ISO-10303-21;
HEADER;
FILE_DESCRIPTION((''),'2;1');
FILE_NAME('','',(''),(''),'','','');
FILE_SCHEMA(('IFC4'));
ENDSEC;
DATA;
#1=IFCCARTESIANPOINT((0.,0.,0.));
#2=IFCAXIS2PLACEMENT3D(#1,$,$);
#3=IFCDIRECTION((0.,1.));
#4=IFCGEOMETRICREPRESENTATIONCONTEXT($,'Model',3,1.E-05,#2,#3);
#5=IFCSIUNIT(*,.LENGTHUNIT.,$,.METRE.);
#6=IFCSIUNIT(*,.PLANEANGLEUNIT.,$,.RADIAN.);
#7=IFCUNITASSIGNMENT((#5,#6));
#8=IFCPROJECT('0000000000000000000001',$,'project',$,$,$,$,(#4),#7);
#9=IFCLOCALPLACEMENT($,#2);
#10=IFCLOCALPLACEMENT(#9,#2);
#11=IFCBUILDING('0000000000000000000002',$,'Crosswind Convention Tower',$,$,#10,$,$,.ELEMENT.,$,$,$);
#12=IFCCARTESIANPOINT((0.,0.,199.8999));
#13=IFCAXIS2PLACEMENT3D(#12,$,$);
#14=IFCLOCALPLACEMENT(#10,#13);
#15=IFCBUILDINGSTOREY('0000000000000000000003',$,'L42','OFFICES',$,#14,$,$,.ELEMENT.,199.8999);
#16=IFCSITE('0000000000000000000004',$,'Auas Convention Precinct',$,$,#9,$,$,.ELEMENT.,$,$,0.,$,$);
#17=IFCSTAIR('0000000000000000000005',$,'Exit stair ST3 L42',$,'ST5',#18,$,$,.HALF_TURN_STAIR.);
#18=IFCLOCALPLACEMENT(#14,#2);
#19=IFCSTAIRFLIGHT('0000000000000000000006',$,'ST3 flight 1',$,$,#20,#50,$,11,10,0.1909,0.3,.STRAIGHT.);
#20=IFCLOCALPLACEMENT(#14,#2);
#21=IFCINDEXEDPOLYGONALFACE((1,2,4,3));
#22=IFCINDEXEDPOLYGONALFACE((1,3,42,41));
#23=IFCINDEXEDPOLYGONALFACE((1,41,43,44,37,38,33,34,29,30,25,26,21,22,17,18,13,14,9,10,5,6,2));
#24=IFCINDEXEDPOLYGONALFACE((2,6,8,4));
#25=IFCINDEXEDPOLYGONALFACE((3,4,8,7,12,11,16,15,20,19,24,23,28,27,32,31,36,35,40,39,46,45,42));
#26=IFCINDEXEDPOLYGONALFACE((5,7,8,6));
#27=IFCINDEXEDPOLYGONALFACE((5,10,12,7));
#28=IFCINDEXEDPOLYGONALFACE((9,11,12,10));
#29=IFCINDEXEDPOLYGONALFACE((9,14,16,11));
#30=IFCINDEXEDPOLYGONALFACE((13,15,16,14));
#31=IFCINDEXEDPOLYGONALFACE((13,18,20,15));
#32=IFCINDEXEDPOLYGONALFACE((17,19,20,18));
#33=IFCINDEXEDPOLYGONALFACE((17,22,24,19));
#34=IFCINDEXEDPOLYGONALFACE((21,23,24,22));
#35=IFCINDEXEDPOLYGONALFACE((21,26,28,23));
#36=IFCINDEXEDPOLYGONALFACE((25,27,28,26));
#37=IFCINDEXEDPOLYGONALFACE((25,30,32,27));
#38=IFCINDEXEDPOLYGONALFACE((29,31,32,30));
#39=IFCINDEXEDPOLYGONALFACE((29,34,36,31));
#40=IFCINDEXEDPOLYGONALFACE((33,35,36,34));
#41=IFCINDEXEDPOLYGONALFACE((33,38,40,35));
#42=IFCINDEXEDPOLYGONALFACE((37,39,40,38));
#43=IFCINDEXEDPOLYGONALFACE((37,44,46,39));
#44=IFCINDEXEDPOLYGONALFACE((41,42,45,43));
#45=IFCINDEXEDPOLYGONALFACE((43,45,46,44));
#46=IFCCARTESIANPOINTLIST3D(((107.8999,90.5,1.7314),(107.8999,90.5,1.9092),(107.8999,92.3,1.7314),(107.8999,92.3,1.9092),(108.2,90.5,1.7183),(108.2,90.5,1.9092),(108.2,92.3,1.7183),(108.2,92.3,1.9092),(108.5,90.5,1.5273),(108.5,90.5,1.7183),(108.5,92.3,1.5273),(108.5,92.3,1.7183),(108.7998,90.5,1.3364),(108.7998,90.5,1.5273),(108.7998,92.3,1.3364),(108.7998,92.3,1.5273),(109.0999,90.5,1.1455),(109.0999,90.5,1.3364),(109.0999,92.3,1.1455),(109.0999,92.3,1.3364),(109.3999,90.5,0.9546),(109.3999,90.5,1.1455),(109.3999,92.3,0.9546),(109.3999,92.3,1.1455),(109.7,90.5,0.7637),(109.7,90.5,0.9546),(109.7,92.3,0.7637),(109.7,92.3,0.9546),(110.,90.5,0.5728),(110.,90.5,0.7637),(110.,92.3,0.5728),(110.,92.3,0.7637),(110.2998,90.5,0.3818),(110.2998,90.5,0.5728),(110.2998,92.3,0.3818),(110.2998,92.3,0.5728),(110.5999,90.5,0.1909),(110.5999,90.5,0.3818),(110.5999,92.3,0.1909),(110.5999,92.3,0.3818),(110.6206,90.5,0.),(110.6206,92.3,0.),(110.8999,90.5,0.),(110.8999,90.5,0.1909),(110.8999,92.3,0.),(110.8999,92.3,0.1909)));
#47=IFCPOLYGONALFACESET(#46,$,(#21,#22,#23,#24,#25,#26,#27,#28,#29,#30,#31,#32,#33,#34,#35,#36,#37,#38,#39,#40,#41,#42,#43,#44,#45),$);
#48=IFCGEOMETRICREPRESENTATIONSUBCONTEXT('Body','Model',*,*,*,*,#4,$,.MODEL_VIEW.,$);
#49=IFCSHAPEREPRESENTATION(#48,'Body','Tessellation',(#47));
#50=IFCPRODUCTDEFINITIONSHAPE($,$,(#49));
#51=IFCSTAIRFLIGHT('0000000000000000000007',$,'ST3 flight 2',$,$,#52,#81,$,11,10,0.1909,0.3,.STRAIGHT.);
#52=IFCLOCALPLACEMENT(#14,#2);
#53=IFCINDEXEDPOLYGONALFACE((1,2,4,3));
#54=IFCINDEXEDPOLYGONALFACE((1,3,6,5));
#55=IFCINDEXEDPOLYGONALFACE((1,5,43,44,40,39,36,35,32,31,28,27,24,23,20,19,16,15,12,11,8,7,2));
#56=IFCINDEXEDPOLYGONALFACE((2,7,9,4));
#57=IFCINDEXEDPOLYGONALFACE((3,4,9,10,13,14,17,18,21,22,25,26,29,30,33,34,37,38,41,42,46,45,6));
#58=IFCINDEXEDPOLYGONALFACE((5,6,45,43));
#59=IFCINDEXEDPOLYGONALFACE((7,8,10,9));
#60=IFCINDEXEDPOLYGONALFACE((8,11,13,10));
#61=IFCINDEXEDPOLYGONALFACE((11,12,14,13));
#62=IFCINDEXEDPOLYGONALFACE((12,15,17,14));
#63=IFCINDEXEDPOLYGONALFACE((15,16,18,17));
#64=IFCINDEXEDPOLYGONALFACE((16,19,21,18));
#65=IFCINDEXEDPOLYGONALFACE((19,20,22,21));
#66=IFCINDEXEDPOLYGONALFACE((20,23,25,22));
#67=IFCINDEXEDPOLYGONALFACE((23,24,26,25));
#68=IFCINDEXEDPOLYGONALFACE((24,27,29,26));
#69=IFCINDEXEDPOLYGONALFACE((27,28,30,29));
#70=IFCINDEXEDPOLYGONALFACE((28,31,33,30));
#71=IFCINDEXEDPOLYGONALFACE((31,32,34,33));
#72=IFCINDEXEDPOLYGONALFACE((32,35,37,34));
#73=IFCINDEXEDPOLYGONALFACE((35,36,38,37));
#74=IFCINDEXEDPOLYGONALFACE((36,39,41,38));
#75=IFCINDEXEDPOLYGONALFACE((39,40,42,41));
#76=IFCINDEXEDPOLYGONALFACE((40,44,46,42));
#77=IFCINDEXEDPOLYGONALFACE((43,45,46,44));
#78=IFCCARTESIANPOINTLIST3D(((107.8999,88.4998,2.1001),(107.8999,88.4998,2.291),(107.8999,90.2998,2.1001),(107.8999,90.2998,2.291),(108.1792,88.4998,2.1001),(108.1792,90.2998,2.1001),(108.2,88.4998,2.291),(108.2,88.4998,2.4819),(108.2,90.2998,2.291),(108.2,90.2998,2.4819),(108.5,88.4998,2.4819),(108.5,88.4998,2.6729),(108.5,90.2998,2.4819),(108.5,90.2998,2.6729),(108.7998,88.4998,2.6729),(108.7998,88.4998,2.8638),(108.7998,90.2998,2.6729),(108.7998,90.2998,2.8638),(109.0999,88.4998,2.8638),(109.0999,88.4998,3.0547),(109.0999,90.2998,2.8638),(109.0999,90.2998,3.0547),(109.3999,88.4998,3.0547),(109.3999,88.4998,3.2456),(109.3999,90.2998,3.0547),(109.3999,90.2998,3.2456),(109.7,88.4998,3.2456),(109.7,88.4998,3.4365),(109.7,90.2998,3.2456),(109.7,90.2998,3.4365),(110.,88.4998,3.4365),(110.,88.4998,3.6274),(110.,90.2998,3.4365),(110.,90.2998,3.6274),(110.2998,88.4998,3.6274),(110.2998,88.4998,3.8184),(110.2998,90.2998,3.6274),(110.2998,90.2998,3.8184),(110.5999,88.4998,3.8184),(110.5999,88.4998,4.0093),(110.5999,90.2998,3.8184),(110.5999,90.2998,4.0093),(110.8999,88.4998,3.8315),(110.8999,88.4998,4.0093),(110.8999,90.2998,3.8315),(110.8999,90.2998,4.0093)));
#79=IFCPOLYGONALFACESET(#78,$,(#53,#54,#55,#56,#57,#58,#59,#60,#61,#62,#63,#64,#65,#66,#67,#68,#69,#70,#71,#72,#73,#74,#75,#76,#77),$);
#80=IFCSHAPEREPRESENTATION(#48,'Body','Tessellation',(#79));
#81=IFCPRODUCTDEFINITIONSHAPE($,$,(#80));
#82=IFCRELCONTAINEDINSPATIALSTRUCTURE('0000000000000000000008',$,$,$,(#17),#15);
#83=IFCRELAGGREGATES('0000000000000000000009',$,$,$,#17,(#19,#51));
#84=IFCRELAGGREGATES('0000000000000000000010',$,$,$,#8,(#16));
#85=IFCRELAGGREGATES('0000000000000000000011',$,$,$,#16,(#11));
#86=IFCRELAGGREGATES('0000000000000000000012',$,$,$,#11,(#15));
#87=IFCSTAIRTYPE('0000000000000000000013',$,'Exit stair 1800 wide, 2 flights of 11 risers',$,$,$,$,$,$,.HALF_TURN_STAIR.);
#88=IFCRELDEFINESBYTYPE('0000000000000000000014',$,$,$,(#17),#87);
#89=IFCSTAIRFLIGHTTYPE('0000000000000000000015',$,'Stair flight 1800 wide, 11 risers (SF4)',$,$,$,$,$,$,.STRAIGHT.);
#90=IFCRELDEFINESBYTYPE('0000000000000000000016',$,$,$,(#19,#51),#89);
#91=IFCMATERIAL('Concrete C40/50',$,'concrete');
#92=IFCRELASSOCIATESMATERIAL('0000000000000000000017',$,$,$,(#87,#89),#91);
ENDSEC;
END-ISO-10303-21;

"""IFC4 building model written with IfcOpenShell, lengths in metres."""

from ifc_helpers import new_model, si_unit, direction, frame, origin, place, context, subcontext, project, spatial, polyline, outline, extrude, material, type_object, element, aggregate, save


model = new_model("IFC4")

# Units and contexts
model_context = context("Model", 3, precision=1e-05, world=origin(), true_north=direction((0.0, 1.0)))
body_context = subcontext(model_context, "Body", "Model", "MODEL_VIEW")
ifc_project = project(units=[si_unit("LENGTHUNIT", "METRE"), si_unit("PLANEANGLEUNIT", "RADIAN")], contexts=[model_context])

# Site, building, storey
site_placement = place(None, origin())
site = spatial("IfcSite", under=ifc_project, at=site_placement, Name="Auas Convention Precinct", CompositionType="ELEMENT", RefElevation=0.0)
building_placement = place(site_placement, origin())
building = spatial("IfcBuilding", under=site, at=building_placement, Name="Crosswind Convention Tower", CompositionType="ELEMENT")
storey_placement = place(building_placement, frame((0.0, 0.0, 199.8999)))
storey = spatial("IfcBuildingStorey", under=building, at=storey_placement, Name="L42", Description="OFFICES", CompositionType="ELEMENT", Elevation=199.8999)

# Shared definitions
ifc_material_1 = material(Name="Concrete C40/50", Category="concrete")

# Stair
stair_type = type_object("IfcStairType", Name="Exit stair 1800 wide, 2 flights of 11 risers", PredefinedType="HALF_TURN_STAIR", material=ifc_material_1)
stair_1_placement = place(storey_placement, origin())
stair_1 = element("IfcStair", 1, at=stair_1_placement, inside=storey, type_object=stair_type, Name="Exit stair ST3 L42", ObjectType="ST5", PredefinedType="HALF_TURN_STAIR")

# Stair flights
stair_flight_type = type_object("IfcStairFlightType", Name="Stair flight 1800 wide, 11 risers (SF4)", PredefinedType="STRAIGHT", material=ifc_material_1)
stair_flight_1_placement = place(storey_placement, frame((110.8999, 91.3999, 0.0), z_axis=(0.0, 0.0, 1.0), x_axis=(-1.0, 0.0, 0.0)))
stair_flight_1 = element("IfcStairFlight", 2, at=stair_flight_1_placement, type_object=stair_flight_type, Name="ST3 flight 1", NumberOfRisers=11, NumberOfTreads=10, PredefinedType="STRAIGHT", RiserHeight=0.1909, TreadLength=0.3, context=body_context, shape_type="SweptSolid", body=[
    extrude(outline(polyline([(0.0, 0.0), (0.0, 0.1909), (0.3, 0.1909), (0.3, 0.3818), (0.6001, 0.3818), (0.6001, 0.5728), (0.8999, 0.5728), (0.8999, 0.7637), (1.2, 0.7637), (1.2, 0.9546), (1.5, 0.9546), (1.5, 1.1455), (1.8, 1.1455), (1.8, 1.3364), (2.1001, 1.3364), (2.1001, 1.5273), (2.3999, 1.5273), (2.3999, 1.7183), (2.7, 1.7183), (2.7, 1.9092), (3.0, 1.9092), (3.0, 2.1001), (3.0, 1.7314), (0.2793, 0.0), (0.0, 0.0)])), frame((0.0, 0.8999, 0.0), z_axis=(0.0, -1.0, 0.0), x_axis=(1.0, 0.0, 0.0)), (0.0, 0.0, 1.0), 1.8),
])
stair_flight_2_placement = place(storey_placement, frame((107.8999, 89.3999, 2.1001), z_axis=(0.0, 0.0, 1.0), x_axis=(1.0, 0.0, 0.0)))
stair_flight_2 = element("IfcStairFlight", 3, at=stair_flight_2_placement, type_object=stair_flight_type, Name="ST3 flight 2", NumberOfRisers=11, NumberOfTreads=10, PredefinedType="STRAIGHT", RiserHeight=0.1909, TreadLength=0.3, context=body_context, shape_type="SweptSolid", body=[
    extrude(outline(polyline([(0.0, 0.0), (0.0, 0.1909), (0.3, 0.1909), (0.3, 0.3818), (0.6001, 0.3818), (0.6001, 0.5728), (0.8999, 0.5728), (0.8999, 0.7637), (1.2, 0.7637), (1.2, 0.9546), (1.5, 0.9546), (1.5, 1.1455), (1.8, 1.1455), (1.8, 1.3364), (2.1001, 1.3364), (2.1001, 1.5273), (2.3999, 1.5273), (2.3999, 1.7183), (2.7, 1.7183), (2.7, 1.9092), (3.0, 1.9092), (3.0, 2.1001), (3.0, 1.7314), (0.2793, 0.0), (0.0, 0.0)])), frame((0.0, 0.8999, 0.0), z_axis=(0.0, -1.0, 0.0), x_axis=(1.0, 0.0, 0.0)), (0.0, 0.0, 1.0), 1.8),
])
aggregate(stair_1, [stair_flight_1, stair_flight_2])

save(model, "model.ifc")
